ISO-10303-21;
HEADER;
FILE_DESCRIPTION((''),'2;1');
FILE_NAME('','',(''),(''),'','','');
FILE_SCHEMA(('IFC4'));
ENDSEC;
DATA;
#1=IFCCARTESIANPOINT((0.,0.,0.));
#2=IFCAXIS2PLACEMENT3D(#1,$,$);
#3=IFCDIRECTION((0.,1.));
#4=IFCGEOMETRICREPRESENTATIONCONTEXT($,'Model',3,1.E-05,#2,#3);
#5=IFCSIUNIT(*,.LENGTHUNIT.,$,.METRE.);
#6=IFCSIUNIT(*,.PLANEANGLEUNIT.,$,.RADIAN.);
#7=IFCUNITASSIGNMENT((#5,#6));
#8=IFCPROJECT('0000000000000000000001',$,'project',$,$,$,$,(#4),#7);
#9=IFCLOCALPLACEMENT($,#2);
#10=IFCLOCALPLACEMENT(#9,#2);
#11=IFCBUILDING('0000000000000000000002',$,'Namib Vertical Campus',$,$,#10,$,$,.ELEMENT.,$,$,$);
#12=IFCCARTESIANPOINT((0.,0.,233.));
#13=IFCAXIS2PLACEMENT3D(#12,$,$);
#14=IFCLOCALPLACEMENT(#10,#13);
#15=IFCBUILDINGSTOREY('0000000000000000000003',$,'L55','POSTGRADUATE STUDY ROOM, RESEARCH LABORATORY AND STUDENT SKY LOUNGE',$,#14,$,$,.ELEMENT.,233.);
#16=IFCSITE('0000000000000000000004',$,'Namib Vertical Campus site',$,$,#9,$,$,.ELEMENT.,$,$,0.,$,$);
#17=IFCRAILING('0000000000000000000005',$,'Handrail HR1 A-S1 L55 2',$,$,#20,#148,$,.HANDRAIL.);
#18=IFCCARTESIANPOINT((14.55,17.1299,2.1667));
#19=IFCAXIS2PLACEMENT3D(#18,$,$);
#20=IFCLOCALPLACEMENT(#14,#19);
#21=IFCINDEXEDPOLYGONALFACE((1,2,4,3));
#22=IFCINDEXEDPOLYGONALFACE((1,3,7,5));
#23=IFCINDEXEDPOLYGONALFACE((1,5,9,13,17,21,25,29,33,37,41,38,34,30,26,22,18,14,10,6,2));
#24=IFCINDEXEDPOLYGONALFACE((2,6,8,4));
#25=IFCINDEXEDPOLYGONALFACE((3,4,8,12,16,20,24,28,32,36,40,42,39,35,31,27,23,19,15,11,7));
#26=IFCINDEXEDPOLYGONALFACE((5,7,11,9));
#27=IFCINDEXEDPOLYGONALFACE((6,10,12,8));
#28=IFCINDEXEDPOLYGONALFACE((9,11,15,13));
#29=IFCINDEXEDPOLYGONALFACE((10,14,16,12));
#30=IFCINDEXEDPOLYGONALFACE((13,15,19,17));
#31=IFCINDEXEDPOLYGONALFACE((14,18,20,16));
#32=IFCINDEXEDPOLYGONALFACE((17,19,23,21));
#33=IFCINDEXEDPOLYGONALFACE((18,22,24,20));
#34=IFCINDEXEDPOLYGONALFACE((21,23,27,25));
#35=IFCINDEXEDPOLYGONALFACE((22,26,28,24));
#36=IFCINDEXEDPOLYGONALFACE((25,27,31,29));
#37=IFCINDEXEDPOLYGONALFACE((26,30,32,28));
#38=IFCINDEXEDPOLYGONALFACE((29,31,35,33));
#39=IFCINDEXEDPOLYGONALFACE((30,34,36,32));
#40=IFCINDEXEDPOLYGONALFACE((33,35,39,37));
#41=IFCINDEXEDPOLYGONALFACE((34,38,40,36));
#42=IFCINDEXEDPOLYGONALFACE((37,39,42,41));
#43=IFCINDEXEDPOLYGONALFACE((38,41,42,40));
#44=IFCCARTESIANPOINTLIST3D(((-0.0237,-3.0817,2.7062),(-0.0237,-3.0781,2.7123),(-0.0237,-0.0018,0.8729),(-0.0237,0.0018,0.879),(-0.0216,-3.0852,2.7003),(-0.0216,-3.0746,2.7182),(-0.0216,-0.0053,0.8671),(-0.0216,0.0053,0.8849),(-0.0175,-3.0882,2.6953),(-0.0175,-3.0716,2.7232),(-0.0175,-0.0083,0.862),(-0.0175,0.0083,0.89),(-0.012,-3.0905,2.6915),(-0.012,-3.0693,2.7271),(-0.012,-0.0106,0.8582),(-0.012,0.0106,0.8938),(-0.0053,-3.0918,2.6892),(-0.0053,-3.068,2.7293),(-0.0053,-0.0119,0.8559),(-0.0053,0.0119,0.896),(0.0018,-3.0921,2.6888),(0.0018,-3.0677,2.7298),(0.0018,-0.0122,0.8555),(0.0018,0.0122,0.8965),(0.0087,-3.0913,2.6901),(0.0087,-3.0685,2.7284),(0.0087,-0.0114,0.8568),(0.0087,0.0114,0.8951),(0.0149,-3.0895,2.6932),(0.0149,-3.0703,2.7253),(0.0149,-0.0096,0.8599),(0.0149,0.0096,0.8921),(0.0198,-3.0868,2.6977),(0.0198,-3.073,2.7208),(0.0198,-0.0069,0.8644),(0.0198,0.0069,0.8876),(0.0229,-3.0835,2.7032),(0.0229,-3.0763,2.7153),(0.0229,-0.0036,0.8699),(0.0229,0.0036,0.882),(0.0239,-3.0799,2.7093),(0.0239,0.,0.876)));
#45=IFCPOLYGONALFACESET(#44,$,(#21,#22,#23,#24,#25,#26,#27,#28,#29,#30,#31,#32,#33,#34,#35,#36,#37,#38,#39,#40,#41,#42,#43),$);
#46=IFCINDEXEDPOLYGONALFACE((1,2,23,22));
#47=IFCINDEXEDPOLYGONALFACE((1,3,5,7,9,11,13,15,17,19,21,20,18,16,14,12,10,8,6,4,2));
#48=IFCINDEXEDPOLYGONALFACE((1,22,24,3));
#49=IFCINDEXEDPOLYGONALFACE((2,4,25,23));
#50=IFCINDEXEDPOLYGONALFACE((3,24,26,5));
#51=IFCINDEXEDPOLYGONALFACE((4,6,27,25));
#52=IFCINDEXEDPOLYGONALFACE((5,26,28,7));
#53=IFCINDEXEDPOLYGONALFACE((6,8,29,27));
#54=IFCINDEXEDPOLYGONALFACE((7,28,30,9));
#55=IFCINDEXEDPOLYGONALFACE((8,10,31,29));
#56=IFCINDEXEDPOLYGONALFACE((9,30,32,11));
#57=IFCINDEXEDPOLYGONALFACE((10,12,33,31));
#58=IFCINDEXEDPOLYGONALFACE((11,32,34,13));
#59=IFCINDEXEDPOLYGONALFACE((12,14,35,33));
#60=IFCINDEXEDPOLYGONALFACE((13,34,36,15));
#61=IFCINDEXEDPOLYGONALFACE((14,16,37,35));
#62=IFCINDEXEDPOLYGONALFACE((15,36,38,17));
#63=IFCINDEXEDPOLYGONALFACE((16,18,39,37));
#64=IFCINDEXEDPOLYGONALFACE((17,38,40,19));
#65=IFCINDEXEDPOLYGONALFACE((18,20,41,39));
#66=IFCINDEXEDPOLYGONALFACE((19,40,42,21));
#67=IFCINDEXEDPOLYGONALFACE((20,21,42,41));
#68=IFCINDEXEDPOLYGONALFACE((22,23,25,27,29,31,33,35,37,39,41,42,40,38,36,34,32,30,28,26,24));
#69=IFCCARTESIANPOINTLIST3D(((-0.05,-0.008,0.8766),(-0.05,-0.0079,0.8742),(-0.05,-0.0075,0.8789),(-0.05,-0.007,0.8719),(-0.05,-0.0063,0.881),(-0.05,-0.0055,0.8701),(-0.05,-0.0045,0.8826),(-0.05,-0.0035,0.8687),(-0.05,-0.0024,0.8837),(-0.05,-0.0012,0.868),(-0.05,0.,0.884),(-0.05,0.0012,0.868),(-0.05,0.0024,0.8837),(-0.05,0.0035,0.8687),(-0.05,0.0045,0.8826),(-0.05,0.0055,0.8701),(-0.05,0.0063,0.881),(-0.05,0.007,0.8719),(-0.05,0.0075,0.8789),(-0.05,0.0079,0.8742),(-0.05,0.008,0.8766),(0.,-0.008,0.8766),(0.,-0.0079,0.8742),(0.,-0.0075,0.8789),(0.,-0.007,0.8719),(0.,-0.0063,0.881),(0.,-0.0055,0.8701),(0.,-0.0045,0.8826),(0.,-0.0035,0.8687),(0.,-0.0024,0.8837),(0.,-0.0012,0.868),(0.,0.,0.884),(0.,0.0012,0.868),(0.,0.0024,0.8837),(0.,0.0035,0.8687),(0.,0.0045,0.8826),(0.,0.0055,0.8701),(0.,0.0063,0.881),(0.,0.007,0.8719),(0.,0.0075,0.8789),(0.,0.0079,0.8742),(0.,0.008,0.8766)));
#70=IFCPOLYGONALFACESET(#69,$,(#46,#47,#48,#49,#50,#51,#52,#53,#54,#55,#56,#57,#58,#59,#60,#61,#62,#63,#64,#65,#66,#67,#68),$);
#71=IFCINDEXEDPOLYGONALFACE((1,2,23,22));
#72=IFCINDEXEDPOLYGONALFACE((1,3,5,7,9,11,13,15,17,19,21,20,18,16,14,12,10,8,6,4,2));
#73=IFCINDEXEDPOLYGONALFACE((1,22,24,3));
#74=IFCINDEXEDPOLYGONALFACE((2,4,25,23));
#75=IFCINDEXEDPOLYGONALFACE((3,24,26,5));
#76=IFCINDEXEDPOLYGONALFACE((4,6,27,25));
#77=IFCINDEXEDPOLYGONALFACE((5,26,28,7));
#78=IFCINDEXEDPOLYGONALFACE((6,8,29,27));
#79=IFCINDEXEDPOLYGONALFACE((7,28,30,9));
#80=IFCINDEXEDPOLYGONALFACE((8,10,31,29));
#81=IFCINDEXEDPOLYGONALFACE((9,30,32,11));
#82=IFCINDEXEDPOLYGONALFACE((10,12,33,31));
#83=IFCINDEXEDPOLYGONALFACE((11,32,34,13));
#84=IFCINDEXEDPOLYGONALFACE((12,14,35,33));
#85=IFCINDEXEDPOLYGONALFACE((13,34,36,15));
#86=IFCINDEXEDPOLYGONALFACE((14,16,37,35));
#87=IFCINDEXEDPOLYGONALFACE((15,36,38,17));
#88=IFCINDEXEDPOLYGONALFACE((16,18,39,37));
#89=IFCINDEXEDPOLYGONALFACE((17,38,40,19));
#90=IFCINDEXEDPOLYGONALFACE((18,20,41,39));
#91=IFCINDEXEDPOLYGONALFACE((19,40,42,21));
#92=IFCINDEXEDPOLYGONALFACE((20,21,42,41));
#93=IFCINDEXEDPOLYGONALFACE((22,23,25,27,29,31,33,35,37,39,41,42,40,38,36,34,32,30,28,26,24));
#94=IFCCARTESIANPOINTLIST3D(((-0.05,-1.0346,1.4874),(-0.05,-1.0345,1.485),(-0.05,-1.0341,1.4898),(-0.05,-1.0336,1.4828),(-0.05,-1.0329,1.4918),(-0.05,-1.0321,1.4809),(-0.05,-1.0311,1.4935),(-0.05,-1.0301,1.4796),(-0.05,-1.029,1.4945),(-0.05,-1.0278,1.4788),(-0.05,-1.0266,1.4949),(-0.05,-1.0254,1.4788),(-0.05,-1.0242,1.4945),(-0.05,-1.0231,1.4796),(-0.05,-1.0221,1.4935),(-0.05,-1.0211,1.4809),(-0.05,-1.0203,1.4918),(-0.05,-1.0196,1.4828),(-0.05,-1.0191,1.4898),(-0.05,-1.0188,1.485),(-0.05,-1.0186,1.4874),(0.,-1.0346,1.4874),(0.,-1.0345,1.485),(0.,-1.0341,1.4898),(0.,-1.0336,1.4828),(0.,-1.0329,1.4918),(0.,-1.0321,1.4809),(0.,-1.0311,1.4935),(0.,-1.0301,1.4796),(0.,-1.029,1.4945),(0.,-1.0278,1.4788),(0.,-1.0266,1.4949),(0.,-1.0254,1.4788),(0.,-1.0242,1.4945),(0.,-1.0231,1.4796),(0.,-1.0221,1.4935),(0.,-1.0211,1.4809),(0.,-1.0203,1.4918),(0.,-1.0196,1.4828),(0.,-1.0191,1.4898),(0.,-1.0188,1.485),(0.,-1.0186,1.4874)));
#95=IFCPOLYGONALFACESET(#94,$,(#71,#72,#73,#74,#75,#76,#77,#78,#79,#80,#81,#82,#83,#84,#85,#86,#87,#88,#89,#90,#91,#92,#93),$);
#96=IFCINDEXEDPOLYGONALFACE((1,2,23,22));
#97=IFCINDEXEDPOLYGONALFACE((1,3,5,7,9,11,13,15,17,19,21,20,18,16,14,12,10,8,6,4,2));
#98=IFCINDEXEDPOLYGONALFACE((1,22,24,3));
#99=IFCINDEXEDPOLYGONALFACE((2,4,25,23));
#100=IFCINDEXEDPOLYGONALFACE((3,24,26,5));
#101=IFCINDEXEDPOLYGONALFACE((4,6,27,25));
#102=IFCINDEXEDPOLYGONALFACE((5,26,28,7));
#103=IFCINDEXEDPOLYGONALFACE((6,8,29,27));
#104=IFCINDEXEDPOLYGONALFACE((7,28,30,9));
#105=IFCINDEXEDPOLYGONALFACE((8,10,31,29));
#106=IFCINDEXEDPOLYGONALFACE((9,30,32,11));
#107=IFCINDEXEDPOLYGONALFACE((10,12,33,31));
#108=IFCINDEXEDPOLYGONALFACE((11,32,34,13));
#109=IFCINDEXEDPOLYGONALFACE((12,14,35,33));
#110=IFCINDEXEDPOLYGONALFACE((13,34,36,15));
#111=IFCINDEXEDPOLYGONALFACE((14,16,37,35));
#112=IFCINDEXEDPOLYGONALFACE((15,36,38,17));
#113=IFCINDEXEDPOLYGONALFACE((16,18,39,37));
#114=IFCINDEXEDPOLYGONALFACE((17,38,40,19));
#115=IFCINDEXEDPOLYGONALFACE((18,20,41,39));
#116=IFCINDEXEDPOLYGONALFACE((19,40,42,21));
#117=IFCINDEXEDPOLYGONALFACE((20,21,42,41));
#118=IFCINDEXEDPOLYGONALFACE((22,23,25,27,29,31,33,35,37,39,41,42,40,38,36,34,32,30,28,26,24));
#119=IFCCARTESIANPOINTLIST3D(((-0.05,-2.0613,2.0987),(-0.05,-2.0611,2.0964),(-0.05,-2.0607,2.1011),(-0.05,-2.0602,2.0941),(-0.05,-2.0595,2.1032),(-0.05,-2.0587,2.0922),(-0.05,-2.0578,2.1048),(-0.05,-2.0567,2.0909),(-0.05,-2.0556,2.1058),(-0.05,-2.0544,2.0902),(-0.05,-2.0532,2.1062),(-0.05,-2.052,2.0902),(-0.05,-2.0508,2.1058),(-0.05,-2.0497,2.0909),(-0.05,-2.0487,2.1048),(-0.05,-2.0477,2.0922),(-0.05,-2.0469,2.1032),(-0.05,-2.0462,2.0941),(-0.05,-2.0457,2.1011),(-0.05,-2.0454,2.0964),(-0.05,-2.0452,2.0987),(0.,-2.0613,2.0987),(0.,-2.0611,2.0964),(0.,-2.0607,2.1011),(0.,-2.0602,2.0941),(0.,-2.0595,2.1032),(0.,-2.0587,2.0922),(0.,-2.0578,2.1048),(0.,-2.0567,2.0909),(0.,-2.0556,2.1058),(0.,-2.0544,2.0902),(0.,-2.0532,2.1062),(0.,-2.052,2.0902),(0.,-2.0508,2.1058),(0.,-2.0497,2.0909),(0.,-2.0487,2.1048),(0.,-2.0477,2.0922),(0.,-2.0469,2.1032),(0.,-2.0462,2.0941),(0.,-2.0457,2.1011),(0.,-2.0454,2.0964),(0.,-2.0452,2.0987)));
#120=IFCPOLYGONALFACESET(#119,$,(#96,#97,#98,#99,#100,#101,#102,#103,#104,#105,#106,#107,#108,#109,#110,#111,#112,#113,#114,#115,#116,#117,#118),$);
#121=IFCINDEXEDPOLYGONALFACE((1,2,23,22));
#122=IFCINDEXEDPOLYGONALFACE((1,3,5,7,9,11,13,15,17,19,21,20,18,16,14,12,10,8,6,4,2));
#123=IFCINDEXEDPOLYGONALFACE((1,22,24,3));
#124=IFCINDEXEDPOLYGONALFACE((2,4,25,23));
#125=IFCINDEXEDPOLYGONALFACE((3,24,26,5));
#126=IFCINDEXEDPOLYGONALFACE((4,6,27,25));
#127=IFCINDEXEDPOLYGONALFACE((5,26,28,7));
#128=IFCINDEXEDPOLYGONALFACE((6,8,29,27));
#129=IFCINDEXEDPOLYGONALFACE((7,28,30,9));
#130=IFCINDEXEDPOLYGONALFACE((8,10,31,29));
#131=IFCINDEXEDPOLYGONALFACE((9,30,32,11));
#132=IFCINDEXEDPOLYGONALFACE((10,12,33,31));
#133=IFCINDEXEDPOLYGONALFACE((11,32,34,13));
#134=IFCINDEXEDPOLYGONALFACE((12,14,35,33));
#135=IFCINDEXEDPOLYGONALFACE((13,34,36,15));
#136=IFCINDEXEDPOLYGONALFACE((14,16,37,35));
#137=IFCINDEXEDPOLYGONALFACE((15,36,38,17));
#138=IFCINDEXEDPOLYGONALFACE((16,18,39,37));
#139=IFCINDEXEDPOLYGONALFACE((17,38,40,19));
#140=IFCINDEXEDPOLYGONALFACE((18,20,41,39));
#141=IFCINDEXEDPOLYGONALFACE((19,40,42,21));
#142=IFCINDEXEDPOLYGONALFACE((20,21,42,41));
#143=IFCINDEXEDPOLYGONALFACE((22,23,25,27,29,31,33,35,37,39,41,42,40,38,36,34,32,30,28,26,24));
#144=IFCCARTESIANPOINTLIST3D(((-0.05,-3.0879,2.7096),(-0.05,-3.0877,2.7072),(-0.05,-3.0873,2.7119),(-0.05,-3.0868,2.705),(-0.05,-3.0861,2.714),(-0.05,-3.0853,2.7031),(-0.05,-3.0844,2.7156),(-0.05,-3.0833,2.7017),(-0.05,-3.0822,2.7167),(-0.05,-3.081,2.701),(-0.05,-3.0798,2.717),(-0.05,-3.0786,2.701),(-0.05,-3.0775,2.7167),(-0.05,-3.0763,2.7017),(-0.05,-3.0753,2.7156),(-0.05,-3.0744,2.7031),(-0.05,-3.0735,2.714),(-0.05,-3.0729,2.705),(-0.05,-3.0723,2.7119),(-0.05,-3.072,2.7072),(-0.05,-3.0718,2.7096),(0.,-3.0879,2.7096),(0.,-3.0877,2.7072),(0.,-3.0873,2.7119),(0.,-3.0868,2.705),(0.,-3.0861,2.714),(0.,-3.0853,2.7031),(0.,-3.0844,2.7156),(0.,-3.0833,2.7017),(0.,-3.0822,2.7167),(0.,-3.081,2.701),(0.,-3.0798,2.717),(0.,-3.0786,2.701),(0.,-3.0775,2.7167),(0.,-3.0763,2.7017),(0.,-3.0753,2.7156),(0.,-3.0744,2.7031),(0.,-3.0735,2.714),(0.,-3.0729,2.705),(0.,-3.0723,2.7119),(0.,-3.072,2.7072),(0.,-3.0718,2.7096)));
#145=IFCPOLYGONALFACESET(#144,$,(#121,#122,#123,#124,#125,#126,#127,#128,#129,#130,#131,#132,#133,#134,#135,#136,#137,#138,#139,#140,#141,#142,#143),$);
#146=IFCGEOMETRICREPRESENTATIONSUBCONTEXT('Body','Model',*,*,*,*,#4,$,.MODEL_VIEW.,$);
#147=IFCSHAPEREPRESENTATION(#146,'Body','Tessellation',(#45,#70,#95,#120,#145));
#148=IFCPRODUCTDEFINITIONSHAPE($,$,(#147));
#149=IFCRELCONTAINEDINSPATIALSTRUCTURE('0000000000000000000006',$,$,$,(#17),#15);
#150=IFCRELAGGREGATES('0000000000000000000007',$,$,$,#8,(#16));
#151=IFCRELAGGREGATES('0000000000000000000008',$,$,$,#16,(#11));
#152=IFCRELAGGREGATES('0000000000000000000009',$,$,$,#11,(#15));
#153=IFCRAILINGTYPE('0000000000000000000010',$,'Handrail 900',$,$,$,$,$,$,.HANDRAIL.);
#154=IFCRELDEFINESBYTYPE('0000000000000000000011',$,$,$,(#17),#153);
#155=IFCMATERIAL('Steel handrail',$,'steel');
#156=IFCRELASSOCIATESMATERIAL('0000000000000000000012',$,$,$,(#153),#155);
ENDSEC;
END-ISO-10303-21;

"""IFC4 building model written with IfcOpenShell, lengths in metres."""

from ifc_helpers import new_model, si_unit, direction, frame, origin, origin_2d, place, context, subcontext, project, spatial, circle, extrude, material, type_object, element, save


model = new_model("IFC4")

# Units and contexts
model_context = context("Model", 3, precision=1e-05, world=origin(), true_north=direction((0.0, 1.0)))
body_context = subcontext(model_context, "Body", "Model", "MODEL_VIEW")
ifc_project = project(units=[si_unit("LENGTHUNIT", "METRE"), si_unit("PLANEANGLEUNIT", "RADIAN")], contexts=[model_context])

# Site, building, storey
site_placement = place(None, origin())
site = spatial("IfcSite", under=ifc_project, at=site_placement, Name="Namib Vertical Campus site", CompositionType="ELEMENT", RefElevation=0.0)
building_placement = place(site_placement, origin())
building = spatial("IfcBuilding", under=site, at=building_placement, Name="Namib Vertical Campus", CompositionType="ELEMENT")
storey_placement = place(building_placement, frame((0.0, 0.0, 233.0)))
storey = spatial("IfcBuildingStorey", under=building, at=storey_placement, Name="L55", Description="POSTGRADUATE STUDY ROOM, RESEARCH LABORATORY AND STUDENT SKY LOUNGE", CompositionType="ELEMENT", Elevation=233.0)

# Railing
ifc_material_1 = material(Name="Steel handrail", Category="steel")
railing_type_1 = type_object("IfcRailingType", Name="Handrail 900", PredefinedType="HANDRAIL", material=ifc_material_1)
railing_1_placement = place(storey_placement, frame((14.55, 17.1299, 2.1667)))
element("IfcRailing", 1, at=railing_1_placement, inside=storey, type_object=railing_type_1, Name="Handrail HR1 A-S1 L55 2", PredefinedType="HANDRAIL", context=body_context, shape_type="SweptSolid", body=[
    extrude(circle(Radius=0.0239, at=origin_2d()), frame((0.0, 0.0, 0.876), z_axis=(0.0, -0.859291, 0.511487), x_axis=(1.0, 0.0, 0.0)), (0.0, 0.0, 1.0), 3.5842),
    extrude(circle(Radius=0.0081, at=origin_2d()), frame((0.0, 0.0, 0.876), z_axis=(-1.0, 0.0, 0.0), x_axis=(0.0, 0.0, 1.0)), (0.0, 0.0, 1.0), 0.05),
    extrude(circle(Radius=0.0081, at=origin_2d()), frame((0.0, -1.0266, 1.4868), z_axis=(-1.0, 0.0, 0.0), x_axis=(0.0, 0.0, 1.0)), (0.0, 0.0, 1.0), 0.05),
    extrude(circle(Radius=0.0081, at=origin_2d()), frame((0.0, -2.0532, 2.0981), z_axis=(-1.0, 0.0, 0.0), x_axis=(0.0, 0.0, 1.0)), (0.0, 0.0, 1.0), 0.05),
    extrude(circle(Radius=0.0081, at=origin_2d()), frame((0.0, -3.0798, 2.709), z_axis=(-1.0, 0.0, 0.0), x_axis=(0.0, 0.0, 1.0)), (0.0, 0.0, 1.0), 0.05),
])

save(model, "model.ifc")
